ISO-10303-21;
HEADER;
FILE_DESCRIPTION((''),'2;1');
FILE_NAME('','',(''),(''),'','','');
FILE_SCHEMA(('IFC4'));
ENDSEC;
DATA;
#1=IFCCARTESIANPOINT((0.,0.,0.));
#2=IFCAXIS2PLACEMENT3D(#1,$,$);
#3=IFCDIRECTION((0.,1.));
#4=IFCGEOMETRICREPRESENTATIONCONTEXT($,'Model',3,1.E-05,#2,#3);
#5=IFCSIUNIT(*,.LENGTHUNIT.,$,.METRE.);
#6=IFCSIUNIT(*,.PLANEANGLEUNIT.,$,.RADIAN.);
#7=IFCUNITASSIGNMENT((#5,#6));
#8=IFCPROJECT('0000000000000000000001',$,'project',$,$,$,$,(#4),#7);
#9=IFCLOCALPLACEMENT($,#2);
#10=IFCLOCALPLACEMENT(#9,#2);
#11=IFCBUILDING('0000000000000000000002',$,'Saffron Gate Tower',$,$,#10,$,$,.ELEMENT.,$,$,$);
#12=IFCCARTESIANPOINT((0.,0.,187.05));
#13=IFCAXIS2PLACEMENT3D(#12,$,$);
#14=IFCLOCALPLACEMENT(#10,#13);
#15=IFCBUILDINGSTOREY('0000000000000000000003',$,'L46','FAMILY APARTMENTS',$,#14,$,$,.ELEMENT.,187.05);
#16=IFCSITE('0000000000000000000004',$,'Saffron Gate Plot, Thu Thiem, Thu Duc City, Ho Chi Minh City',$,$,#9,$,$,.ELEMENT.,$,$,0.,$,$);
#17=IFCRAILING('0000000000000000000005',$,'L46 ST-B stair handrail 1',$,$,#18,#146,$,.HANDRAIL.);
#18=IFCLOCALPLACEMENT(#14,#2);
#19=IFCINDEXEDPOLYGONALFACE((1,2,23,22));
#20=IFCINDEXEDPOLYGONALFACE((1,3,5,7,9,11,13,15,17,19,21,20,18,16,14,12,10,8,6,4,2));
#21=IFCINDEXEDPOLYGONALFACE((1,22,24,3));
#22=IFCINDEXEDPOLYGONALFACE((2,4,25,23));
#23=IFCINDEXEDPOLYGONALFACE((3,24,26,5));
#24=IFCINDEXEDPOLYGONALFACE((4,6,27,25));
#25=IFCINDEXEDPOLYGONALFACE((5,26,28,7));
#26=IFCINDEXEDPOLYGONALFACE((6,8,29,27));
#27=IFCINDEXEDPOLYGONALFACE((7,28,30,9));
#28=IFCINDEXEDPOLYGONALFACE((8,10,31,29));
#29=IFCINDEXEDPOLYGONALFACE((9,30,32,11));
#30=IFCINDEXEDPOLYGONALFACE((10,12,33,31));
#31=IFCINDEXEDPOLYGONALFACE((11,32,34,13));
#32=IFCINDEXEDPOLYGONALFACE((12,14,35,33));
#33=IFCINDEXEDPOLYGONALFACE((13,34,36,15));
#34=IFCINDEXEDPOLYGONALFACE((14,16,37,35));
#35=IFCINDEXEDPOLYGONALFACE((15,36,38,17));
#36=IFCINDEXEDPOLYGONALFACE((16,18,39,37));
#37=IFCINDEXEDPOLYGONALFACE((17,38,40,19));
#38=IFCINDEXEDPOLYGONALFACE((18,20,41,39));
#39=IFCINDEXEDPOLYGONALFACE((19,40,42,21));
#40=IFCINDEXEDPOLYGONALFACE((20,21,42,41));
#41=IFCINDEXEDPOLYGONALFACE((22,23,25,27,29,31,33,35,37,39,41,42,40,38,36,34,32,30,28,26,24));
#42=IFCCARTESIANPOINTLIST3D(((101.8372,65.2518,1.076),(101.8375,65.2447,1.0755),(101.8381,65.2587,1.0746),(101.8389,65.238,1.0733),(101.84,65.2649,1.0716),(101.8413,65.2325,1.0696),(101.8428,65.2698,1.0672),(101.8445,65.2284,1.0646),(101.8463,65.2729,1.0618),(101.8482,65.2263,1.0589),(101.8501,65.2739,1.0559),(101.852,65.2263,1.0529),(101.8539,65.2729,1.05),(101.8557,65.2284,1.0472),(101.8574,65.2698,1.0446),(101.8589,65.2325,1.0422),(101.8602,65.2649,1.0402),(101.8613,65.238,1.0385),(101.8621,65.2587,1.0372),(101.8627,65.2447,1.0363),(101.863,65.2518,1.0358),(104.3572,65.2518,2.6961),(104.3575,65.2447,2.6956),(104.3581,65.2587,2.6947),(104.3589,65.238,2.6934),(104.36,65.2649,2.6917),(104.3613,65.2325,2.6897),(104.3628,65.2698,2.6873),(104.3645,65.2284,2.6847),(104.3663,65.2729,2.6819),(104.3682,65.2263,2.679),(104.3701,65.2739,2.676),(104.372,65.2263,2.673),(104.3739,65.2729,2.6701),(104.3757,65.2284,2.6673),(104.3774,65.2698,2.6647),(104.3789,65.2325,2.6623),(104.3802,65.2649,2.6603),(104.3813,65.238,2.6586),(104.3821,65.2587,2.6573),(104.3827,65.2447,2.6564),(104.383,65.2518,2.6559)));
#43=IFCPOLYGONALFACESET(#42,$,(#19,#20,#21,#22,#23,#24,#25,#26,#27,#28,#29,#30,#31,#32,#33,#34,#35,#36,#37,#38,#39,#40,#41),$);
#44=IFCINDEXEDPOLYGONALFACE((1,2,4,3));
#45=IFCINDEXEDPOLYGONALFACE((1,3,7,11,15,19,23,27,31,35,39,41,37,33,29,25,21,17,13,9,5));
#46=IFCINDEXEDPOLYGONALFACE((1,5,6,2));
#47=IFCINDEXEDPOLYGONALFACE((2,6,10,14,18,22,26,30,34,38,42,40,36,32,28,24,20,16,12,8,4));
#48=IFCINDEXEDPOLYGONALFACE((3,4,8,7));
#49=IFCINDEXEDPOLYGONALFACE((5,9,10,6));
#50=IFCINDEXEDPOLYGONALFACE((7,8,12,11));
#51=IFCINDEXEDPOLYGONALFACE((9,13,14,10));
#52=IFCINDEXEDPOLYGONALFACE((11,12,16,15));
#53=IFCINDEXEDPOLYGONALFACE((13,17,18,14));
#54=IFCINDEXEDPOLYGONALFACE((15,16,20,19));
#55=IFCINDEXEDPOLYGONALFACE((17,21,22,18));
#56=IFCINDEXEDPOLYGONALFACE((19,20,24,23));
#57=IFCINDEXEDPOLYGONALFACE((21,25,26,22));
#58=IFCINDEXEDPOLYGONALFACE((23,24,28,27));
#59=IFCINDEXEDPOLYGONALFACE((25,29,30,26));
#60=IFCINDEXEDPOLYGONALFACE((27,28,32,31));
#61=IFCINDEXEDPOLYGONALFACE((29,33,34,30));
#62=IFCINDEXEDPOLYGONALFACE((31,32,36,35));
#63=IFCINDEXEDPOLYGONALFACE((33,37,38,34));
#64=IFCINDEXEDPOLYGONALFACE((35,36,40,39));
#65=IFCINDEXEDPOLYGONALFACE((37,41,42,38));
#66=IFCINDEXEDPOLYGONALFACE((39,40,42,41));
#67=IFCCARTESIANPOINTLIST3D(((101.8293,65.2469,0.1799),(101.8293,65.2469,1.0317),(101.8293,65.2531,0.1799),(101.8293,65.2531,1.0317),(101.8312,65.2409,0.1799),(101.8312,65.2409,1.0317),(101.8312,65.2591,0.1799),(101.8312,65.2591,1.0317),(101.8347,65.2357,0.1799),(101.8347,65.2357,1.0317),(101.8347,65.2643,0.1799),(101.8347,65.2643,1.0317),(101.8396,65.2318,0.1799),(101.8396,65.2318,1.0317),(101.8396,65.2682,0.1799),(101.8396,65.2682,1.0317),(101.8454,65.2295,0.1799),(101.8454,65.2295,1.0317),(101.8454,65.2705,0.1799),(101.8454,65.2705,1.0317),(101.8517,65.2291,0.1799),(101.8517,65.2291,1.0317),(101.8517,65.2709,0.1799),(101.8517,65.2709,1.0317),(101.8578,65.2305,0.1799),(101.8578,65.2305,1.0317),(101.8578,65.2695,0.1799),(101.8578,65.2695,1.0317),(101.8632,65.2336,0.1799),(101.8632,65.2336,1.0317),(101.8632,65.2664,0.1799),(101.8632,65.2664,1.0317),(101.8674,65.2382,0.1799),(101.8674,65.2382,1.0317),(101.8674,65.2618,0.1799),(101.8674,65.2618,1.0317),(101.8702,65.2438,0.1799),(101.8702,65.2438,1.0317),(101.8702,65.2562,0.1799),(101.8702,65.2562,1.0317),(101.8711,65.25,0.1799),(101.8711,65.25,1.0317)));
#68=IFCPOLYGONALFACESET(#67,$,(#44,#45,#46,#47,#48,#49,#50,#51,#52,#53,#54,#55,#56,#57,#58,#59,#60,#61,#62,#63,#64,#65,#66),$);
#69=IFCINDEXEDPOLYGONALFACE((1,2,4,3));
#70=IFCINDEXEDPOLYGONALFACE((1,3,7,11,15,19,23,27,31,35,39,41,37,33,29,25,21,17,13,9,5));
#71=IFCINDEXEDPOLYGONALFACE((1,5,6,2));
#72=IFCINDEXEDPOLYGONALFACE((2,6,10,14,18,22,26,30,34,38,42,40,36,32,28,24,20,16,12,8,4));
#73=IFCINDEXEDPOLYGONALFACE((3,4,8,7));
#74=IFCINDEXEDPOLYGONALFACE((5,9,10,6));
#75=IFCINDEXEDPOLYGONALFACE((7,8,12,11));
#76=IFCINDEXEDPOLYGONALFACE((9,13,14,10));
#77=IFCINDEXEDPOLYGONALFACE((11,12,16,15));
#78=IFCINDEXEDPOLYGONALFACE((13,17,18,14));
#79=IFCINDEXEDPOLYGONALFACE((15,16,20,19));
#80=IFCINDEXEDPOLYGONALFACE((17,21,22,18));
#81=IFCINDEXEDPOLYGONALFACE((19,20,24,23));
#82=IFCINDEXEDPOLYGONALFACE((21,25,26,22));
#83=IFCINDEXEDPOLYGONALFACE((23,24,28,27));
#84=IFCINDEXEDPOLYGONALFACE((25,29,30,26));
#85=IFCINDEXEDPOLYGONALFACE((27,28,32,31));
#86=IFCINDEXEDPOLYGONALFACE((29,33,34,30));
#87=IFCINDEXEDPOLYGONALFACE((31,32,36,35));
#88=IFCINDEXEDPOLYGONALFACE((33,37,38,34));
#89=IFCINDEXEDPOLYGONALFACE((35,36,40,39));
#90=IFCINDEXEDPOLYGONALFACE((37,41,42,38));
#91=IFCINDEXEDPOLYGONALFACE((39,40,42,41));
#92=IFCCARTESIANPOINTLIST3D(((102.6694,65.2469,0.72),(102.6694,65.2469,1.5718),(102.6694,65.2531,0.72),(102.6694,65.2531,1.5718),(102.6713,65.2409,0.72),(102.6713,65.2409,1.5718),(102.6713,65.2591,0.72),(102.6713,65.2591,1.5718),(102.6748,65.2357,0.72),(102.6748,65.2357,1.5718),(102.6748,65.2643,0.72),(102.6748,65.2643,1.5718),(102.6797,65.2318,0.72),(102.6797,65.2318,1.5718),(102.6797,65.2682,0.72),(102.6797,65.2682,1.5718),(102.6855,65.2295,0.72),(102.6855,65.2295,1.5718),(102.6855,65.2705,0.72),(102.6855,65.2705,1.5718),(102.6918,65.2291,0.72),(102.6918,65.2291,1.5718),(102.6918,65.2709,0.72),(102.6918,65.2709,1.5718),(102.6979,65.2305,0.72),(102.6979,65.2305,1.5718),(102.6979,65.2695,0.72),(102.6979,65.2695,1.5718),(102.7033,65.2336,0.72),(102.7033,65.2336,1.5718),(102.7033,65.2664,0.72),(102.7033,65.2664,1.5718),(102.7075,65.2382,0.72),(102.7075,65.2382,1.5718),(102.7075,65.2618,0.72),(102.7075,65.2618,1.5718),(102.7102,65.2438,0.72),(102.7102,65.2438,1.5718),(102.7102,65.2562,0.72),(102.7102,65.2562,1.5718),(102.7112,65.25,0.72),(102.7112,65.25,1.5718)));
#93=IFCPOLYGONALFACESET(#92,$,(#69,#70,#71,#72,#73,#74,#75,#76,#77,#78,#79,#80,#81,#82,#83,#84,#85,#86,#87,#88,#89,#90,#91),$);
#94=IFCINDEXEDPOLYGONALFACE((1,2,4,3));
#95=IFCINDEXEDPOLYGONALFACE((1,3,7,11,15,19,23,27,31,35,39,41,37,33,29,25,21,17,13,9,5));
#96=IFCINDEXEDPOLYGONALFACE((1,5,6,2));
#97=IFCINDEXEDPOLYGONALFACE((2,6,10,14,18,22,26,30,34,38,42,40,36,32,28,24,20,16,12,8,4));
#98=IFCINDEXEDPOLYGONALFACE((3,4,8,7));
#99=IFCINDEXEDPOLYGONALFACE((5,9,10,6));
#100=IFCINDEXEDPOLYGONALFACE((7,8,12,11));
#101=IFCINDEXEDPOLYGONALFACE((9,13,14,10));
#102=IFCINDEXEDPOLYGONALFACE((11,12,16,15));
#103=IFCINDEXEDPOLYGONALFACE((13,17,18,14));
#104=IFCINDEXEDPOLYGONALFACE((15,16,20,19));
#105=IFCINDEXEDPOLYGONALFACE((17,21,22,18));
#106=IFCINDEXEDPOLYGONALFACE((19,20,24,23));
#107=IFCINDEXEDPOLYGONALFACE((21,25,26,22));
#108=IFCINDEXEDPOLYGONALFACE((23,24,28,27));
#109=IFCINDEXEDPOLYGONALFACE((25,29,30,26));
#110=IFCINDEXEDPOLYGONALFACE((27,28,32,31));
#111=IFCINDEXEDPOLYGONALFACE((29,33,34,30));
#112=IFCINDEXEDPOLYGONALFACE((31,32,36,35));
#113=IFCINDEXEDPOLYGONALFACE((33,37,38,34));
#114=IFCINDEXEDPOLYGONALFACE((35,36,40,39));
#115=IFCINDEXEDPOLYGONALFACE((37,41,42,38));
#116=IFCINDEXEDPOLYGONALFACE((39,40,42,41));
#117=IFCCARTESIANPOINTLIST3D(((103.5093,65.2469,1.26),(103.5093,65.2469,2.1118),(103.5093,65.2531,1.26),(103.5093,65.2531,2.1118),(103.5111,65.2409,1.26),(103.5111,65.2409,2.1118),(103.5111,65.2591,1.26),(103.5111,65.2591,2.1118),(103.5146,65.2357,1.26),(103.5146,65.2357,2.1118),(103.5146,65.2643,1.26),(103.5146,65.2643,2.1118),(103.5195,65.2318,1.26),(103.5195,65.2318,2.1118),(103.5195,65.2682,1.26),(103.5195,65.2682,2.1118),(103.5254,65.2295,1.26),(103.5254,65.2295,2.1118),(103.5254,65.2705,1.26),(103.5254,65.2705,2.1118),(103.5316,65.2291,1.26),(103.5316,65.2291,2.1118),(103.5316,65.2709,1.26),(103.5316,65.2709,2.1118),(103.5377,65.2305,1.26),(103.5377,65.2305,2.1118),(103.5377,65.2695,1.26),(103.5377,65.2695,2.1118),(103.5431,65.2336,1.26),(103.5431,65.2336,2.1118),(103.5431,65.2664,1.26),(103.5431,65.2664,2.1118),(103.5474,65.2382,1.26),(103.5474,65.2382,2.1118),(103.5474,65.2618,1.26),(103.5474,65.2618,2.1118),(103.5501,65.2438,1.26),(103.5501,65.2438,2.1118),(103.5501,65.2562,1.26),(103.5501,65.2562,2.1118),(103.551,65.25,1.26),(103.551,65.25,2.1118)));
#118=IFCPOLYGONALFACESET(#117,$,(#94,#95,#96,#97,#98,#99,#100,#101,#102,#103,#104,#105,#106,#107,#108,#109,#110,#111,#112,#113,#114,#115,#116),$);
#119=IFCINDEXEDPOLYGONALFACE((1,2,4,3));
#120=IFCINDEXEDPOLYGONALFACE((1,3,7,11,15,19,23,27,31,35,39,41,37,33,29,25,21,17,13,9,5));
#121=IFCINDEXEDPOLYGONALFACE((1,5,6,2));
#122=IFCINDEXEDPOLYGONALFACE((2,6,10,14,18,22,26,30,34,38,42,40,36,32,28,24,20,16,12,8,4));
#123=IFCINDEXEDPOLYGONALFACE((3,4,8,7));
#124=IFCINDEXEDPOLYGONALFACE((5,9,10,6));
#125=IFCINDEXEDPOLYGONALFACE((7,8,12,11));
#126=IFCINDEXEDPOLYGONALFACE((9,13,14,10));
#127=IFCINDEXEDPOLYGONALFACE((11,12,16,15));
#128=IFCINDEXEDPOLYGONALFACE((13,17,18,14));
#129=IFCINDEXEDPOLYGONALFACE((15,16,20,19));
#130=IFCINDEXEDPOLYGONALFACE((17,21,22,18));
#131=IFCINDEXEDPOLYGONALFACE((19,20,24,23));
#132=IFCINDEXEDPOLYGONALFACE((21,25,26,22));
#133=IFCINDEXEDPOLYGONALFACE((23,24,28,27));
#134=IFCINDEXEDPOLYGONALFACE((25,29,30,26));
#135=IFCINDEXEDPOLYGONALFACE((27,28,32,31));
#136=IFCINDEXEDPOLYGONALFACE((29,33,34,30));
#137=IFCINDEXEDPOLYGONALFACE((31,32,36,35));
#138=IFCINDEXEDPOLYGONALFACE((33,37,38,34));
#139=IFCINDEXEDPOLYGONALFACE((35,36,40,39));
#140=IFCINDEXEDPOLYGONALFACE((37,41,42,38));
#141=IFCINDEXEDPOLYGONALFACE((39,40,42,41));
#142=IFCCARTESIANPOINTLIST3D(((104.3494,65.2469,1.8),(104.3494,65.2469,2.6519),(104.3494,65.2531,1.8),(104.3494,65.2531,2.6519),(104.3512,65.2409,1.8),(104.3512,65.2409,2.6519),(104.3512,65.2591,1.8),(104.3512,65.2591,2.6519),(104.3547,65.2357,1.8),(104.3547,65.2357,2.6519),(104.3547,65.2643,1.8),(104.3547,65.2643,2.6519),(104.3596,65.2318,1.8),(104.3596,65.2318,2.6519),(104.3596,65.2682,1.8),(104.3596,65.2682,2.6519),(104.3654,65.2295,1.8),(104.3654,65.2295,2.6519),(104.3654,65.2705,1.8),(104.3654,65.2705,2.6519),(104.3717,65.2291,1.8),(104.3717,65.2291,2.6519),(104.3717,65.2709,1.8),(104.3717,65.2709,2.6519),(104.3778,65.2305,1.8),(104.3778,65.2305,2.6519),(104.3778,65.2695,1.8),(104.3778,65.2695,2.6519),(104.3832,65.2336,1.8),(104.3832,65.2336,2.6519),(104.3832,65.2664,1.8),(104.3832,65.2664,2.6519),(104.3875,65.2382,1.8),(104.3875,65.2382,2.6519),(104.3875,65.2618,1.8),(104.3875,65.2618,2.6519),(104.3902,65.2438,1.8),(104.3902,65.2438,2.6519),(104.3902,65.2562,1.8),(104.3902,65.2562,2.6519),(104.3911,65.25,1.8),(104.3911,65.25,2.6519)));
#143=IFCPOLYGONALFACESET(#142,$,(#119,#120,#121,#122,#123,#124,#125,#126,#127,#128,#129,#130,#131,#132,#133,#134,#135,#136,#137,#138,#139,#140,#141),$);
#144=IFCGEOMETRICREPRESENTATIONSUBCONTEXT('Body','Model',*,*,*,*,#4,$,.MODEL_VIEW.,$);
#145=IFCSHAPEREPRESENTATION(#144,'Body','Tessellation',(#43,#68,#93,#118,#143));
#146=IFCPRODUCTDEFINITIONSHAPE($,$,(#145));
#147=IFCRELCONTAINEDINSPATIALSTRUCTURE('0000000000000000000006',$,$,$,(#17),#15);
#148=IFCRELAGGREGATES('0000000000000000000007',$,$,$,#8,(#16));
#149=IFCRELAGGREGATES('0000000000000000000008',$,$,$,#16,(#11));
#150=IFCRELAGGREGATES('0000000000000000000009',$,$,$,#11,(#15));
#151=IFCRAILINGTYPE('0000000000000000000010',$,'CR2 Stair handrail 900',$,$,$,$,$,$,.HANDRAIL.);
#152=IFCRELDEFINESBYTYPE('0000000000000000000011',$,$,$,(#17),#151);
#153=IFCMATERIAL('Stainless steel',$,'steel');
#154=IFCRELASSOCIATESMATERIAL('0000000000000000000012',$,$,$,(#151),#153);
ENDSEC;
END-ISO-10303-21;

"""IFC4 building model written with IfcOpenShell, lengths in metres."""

from ifc_helpers import new_model, si_unit, direction, frame, origin, origin_2d, place, context, subcontext, project, spatial, circle, extrude, material, type_object, element, save


model = new_model("IFC4")

# Units and contexts
model_context = context("Model", 3, precision=1e-05, world=origin(), true_north=direction((0.0, 1.0)))
body_context = subcontext(model_context, "Body", "Model", "MODEL_VIEW")
ifc_project = project(units=[si_unit("LENGTHUNIT", "METRE"), si_unit("PLANEANGLEUNIT", "RADIAN")], contexts=[model_context])

# Site, building, storey
site_placement = place(None, origin())
site = spatial("IfcSite", under=ifc_project, at=site_placement, Name="Saffron Gate Plot, Thu Thiem, Thu Duc City, Ho Chi Minh City", CompositionType="ELEMENT", RefElevation=0.0)
building_placement = place(site_placement, origin())
building = spatial("IfcBuilding", under=site, at=building_placement, Name="Saffron Gate Tower", CompositionType="ELEMENT")
storey_placement = place(building_placement, frame((0.0, 0.0, 187.05)))
storey = spatial("IfcBuildingStorey", under=building, at=storey_placement, Name="L46", Description="FAMILY APARTMENTS", CompositionType="ELEMENT", Elevation=187.05)

# Railing
ifc_material_1 = material(Name="Stainless steel", Category="steel")
railing_type_1 = type_object("IfcRailingType", Name="CR2 Stair handrail 900", PredefinedType="HANDRAIL", material=ifc_material_1)
railing_1_placement = place(storey_placement, frame((101.8501, 65.25, 0.1799)))
element("IfcRailing", 1, at=railing_1_placement, inside=storey, type_object=railing_type_1, Name="L46 ST-B stair handrail 1", PredefinedType="HANDRAIL", context=body_context, shape_type="SweptSolid", body=[
    extrude(circle(Radius=0.0239, at=origin_2d()), frame((0.0, 0.0, 0.876), z_axis=(0.841163, 0.0, 0.540782), x_axis=(0.0, 1.0, 0.0)), (0.0, 0.0, 1.0), 2.9958),
    extrude(circle(Radius=0.021, at=origin_2d()), origin(), (0.0, 0.0, 1.0), 0.8518),
    extrude(circle(Radius=0.021, at=origin_2d()), frame((0.8401, 0.0, 0.54)), (0.0, 0.0, 1.0), 0.8518),
    extrude(circle(Radius=0.021, at=origin_2d()), frame((1.6799, 0.0, 1.0801)), (0.0, 0.0, 1.0), 0.8518),
    extrude(circle(Radius=0.021, at=origin_2d()), frame((2.52, 0.0, 1.6201)), (0.0, 0.0, 1.0), 0.8518),
])

save(model, "model.ifc")
